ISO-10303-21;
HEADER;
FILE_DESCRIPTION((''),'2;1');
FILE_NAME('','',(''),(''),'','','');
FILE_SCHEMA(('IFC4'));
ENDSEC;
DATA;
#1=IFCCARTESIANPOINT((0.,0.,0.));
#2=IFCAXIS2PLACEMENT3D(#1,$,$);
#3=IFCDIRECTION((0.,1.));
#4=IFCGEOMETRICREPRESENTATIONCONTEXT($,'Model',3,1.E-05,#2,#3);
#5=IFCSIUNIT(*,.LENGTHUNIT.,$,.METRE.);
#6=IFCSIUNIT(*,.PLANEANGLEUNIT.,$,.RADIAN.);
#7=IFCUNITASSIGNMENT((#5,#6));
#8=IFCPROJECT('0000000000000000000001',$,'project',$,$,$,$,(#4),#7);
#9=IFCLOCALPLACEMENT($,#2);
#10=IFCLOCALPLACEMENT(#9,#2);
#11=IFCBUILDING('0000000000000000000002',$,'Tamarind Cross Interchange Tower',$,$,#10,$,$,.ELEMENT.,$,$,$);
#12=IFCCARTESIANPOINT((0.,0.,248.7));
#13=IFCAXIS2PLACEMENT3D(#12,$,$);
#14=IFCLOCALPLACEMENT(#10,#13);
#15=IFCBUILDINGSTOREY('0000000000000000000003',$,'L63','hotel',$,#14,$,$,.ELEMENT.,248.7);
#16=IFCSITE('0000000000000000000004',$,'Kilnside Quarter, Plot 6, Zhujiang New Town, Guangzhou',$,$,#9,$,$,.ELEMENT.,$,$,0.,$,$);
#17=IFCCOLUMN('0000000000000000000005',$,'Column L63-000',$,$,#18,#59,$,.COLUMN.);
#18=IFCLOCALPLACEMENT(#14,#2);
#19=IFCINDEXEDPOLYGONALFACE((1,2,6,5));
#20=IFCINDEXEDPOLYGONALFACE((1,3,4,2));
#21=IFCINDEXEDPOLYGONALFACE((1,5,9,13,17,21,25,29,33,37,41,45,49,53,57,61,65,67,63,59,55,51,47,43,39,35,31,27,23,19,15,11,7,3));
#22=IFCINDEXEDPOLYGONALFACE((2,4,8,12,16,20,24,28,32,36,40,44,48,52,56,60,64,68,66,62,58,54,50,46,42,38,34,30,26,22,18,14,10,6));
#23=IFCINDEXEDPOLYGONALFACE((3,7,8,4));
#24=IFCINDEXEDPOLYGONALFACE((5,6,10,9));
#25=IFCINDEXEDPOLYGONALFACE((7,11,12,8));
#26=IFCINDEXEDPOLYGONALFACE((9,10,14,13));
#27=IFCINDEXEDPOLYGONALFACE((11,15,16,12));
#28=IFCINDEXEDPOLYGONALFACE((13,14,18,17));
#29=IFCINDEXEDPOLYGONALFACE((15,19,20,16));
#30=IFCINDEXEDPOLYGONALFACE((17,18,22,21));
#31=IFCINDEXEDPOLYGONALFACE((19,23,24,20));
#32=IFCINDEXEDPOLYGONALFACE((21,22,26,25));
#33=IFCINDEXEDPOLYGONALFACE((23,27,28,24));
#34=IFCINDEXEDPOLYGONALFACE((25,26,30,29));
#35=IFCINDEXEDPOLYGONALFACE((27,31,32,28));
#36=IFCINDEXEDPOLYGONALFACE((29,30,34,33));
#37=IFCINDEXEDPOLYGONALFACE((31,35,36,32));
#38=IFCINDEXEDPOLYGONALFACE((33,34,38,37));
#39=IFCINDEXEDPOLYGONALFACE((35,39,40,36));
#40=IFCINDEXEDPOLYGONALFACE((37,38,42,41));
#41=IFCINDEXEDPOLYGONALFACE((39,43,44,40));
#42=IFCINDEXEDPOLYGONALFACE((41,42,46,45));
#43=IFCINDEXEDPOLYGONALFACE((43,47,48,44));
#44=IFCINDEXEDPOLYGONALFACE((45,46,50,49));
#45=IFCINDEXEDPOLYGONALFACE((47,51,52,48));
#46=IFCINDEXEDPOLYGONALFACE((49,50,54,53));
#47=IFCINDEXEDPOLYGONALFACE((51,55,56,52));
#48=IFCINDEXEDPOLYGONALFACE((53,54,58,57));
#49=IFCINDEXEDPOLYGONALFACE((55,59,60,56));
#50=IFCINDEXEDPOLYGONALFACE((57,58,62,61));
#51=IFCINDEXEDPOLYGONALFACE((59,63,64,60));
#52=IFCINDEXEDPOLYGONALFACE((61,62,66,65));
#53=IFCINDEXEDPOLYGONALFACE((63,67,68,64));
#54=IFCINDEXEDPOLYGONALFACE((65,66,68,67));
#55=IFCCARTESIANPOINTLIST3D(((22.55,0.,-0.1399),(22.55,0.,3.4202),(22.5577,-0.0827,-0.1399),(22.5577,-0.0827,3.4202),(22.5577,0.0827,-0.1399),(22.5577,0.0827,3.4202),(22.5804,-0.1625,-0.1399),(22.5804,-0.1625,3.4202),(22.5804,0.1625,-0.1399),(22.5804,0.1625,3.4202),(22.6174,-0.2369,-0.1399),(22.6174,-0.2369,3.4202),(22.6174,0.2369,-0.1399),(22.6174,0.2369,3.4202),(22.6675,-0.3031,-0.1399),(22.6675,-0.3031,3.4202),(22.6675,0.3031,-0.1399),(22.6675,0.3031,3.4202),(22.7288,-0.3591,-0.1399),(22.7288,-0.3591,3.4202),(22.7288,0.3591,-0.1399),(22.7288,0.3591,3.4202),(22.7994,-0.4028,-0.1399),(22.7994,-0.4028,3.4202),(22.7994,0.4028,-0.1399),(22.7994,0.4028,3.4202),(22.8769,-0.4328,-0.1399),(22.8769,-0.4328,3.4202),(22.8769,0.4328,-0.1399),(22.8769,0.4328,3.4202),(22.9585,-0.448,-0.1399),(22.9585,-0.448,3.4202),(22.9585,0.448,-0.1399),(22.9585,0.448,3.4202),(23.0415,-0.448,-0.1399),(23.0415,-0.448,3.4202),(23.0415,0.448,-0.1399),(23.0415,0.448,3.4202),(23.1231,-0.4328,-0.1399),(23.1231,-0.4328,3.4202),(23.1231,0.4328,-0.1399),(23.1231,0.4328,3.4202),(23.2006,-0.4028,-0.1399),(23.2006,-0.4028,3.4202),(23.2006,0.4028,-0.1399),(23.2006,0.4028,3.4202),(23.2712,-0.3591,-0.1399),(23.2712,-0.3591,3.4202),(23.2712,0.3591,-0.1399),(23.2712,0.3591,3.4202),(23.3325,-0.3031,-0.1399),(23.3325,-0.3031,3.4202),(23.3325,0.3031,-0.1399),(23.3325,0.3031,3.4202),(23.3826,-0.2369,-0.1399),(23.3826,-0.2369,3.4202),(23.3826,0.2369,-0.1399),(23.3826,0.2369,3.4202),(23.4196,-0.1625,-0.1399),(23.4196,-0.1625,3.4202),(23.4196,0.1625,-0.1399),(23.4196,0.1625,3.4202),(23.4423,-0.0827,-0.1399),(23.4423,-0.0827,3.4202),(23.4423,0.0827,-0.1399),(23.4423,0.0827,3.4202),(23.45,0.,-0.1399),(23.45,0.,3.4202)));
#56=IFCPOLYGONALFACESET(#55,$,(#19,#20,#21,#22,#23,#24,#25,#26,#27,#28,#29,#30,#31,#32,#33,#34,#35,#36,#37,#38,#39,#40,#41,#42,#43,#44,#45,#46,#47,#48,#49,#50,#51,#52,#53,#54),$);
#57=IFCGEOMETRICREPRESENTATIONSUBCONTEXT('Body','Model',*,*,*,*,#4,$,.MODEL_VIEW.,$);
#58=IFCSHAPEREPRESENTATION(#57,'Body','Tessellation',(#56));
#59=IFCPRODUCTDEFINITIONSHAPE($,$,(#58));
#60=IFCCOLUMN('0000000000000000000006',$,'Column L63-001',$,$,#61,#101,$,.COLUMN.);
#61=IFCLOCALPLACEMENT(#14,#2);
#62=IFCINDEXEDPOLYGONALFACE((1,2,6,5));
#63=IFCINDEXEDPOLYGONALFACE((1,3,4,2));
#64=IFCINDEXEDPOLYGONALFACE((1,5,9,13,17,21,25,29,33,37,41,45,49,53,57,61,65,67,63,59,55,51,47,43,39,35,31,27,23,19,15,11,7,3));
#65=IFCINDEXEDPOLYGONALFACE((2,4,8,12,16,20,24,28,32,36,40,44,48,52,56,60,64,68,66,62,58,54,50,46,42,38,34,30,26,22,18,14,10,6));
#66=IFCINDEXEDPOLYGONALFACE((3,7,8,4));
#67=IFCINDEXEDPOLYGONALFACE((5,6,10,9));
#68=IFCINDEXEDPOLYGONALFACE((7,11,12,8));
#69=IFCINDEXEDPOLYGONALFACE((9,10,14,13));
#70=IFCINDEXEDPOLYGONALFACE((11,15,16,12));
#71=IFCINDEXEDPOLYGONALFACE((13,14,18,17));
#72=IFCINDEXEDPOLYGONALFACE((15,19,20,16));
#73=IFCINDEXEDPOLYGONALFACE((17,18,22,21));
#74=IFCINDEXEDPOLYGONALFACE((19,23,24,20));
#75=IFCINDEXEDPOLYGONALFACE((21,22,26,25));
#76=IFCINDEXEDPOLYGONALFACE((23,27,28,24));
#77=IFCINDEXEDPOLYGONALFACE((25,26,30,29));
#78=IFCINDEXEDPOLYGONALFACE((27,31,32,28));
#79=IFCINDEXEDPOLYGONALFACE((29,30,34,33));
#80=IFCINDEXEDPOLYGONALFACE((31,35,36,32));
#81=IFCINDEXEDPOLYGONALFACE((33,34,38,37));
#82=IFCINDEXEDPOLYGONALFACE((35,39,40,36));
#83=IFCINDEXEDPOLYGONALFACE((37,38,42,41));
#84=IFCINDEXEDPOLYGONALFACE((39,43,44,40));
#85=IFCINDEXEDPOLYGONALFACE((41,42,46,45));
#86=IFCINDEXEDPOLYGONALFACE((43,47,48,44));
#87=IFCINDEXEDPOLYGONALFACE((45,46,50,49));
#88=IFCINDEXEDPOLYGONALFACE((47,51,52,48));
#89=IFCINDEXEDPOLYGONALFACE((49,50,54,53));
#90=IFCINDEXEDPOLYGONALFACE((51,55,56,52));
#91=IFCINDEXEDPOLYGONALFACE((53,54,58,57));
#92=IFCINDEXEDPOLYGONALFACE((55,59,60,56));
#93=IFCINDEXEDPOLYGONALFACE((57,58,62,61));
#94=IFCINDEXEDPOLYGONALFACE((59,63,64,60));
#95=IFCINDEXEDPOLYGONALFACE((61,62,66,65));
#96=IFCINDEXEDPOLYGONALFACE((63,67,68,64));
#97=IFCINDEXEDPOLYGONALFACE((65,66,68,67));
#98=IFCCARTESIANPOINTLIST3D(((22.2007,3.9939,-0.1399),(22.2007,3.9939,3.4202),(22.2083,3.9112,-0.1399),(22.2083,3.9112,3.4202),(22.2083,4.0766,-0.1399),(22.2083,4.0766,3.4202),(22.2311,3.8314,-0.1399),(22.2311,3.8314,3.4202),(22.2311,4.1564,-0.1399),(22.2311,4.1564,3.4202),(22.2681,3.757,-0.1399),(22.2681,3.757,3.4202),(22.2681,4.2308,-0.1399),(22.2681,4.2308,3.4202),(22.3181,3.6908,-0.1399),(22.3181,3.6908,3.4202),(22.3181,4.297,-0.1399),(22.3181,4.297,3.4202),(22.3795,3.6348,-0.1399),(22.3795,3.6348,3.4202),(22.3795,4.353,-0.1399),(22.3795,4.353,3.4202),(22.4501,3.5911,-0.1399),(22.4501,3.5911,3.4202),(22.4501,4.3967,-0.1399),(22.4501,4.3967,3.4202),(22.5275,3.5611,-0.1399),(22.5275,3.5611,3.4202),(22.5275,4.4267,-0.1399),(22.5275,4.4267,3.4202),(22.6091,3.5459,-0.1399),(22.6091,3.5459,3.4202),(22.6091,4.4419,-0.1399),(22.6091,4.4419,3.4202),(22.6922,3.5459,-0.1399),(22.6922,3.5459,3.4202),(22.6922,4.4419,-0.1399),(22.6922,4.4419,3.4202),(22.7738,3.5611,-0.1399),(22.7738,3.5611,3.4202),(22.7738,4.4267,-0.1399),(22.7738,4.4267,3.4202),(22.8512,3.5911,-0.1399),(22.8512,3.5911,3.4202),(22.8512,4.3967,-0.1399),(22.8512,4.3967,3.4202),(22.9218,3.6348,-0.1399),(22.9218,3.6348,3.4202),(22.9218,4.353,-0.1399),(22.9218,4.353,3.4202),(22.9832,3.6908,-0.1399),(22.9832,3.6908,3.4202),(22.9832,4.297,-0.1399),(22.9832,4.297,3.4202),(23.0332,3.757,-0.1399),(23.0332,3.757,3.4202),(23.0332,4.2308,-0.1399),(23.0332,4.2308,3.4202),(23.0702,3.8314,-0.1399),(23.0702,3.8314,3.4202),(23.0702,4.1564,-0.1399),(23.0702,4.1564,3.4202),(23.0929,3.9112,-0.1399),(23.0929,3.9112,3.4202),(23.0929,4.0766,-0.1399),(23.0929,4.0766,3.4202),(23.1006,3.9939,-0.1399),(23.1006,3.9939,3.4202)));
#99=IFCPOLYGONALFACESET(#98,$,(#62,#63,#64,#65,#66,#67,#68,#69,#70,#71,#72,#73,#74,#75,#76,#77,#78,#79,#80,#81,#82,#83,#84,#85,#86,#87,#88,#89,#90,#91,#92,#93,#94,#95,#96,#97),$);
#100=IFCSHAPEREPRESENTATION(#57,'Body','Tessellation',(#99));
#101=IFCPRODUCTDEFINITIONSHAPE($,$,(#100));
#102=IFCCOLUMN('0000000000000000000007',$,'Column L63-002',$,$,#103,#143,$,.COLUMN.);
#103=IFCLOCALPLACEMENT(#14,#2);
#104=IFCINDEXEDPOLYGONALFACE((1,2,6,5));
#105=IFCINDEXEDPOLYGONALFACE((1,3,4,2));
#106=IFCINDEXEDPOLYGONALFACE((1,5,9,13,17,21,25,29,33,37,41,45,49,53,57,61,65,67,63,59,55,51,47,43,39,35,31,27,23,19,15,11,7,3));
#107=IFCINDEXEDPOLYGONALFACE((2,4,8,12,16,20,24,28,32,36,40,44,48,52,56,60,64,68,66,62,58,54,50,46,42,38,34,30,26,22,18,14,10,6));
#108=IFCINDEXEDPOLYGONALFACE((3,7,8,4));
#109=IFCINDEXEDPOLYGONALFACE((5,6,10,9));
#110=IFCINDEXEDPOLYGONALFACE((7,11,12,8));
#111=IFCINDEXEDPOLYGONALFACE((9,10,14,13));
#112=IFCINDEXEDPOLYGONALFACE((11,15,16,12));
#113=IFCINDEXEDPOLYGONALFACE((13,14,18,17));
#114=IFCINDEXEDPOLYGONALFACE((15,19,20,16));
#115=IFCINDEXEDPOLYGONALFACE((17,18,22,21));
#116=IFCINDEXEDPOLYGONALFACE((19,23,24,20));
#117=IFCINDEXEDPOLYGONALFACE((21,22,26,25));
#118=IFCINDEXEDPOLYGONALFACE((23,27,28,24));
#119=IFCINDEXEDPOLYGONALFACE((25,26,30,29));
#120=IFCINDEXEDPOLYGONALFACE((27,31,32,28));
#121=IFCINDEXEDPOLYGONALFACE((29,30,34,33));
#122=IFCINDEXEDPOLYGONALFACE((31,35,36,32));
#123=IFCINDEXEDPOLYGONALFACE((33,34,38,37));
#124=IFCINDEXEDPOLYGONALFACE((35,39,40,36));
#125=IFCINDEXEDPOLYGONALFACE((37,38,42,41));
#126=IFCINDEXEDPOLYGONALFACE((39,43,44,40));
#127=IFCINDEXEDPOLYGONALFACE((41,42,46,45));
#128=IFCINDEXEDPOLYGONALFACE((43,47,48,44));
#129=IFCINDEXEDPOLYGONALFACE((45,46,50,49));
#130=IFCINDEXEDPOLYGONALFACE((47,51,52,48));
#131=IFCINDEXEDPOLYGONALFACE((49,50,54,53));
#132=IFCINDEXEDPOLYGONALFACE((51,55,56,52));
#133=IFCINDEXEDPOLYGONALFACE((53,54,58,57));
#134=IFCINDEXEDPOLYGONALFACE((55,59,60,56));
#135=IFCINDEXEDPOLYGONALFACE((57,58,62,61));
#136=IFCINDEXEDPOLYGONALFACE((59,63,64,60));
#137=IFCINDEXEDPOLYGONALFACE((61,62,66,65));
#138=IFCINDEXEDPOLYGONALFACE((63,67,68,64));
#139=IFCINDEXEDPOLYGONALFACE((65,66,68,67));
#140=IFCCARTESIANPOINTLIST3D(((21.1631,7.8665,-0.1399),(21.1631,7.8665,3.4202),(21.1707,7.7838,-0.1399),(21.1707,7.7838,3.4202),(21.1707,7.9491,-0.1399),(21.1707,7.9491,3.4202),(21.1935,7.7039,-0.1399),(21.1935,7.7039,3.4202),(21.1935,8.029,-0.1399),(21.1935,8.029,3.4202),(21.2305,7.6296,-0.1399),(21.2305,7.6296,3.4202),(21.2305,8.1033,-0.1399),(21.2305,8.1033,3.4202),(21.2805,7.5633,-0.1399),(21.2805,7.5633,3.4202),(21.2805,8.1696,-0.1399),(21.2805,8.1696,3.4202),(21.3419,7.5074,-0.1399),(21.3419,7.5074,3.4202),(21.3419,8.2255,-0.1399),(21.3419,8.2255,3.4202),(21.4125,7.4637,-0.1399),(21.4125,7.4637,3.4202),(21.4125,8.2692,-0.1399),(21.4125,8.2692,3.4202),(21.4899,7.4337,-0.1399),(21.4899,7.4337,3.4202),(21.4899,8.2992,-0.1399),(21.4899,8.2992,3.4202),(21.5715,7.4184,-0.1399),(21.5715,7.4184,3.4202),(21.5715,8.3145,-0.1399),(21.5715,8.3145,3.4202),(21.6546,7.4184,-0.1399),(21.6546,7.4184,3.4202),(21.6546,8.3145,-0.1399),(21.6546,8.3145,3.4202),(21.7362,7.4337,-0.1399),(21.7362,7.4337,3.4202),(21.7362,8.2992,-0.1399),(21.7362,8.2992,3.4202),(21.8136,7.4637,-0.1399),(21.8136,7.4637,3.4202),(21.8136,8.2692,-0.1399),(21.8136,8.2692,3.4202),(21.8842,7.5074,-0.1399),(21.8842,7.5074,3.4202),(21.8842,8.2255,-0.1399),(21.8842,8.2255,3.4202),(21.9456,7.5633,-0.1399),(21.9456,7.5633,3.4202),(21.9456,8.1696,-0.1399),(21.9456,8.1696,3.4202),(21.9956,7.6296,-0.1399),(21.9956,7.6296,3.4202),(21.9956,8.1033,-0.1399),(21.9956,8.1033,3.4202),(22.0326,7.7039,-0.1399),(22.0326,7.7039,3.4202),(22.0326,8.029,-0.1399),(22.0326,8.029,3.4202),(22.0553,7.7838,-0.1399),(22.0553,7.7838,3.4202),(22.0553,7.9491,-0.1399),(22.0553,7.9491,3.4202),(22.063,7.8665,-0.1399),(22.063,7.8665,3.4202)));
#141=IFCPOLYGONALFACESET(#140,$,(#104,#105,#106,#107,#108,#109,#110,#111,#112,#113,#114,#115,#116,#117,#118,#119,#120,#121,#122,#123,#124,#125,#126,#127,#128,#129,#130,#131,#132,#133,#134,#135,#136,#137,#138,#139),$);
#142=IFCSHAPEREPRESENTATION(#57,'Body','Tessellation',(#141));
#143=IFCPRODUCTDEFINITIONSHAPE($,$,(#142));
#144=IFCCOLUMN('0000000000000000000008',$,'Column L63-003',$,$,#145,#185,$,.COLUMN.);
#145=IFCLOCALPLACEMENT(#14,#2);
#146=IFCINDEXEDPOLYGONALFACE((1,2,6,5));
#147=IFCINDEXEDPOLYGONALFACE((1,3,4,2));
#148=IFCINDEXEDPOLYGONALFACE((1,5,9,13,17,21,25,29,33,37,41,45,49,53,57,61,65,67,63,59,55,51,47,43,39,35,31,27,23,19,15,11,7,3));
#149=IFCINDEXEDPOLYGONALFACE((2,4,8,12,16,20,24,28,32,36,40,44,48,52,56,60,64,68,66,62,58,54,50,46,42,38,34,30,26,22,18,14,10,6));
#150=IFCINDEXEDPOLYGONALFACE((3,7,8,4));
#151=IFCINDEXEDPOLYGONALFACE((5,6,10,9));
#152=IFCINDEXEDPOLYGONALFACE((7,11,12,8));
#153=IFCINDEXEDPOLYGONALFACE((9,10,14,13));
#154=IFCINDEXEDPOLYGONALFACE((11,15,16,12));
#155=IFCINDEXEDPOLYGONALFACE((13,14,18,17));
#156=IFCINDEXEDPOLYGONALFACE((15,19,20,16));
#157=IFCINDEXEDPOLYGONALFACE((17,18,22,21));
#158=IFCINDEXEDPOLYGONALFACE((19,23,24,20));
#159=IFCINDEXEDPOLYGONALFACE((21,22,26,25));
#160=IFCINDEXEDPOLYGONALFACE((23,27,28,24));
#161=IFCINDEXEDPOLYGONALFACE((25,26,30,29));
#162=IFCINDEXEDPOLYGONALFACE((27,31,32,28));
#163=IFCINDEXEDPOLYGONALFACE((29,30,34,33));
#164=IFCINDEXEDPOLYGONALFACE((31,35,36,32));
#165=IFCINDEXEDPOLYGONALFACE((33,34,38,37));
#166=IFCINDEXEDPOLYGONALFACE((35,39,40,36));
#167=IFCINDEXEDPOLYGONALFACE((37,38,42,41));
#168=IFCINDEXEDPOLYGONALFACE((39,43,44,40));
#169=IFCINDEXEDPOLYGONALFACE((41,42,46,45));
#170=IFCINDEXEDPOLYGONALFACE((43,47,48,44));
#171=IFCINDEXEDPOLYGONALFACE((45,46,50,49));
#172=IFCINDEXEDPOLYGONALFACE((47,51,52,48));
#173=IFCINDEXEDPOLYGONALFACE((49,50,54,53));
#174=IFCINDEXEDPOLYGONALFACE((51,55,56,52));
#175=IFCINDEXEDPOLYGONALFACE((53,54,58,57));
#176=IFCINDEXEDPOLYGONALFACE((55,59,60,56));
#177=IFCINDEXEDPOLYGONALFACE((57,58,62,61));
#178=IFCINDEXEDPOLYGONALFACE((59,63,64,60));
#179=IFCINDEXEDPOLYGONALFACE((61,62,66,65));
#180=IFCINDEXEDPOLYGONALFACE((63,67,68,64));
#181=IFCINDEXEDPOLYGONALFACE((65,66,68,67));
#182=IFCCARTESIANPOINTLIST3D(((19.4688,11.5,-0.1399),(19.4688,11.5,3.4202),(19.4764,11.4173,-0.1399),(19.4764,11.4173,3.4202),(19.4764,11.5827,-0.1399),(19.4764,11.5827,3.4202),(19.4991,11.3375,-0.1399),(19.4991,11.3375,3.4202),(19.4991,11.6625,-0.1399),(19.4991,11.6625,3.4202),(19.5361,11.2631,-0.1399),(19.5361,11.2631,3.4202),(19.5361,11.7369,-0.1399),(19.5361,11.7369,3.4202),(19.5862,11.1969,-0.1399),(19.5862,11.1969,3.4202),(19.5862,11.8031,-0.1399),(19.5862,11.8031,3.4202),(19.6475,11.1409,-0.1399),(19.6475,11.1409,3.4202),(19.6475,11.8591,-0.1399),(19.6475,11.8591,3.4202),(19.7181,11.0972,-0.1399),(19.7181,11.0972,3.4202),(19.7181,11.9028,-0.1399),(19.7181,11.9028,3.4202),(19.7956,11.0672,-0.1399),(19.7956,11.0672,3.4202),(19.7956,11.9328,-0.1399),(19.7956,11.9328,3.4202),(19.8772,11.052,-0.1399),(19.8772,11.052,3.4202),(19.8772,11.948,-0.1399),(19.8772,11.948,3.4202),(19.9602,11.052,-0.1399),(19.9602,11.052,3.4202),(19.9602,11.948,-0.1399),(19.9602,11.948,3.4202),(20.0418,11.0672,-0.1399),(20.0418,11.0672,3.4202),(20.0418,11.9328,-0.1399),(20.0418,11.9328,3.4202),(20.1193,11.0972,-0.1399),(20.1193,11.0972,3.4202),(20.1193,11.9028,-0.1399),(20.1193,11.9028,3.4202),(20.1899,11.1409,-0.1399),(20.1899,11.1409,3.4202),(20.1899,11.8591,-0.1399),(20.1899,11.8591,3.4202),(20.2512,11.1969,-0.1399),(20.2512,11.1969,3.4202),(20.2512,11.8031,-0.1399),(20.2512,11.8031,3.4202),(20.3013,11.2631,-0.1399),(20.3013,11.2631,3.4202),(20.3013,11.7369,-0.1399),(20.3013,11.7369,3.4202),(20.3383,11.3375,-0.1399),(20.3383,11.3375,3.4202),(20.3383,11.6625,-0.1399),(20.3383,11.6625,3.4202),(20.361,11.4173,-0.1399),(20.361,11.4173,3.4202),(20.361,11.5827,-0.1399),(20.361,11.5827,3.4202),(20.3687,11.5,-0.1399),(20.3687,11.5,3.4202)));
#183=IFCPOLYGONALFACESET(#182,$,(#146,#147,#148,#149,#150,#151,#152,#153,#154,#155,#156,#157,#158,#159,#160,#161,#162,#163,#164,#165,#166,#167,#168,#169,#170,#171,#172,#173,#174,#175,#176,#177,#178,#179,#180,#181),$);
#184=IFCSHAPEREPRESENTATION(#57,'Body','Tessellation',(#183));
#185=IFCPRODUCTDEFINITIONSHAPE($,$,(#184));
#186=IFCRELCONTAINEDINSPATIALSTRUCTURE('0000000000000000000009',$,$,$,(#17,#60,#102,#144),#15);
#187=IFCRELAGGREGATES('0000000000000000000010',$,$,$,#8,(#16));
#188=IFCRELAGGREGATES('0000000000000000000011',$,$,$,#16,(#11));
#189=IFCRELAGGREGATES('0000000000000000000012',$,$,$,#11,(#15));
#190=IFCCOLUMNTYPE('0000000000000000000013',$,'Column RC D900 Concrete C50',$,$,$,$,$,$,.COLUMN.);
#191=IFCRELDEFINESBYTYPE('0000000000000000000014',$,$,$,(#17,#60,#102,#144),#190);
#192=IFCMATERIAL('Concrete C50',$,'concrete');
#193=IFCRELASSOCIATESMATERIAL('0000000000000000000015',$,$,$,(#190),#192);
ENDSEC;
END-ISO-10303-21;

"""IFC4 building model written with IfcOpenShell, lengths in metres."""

from ifc_helpers import new_model, si_unit, direction, frame, origin, origin_2d, place, context, subcontext, project, spatial, circle, extrude, material, material_profile, profile_set, type_object, element, save


model = new_model("IFC4")

# Units and contexts
model_context = context("Model", 3, precision=1e-05, world=origin(), true_north=direction((0.0, 1.0)))
body_context = subcontext(model_context, "Body", "Model", "MODEL_VIEW")
ifc_project = project(units=[si_unit("LENGTHUNIT", "METRE"), si_unit("PLANEANGLEUNIT", "RADIAN")], contexts=[model_context])

# Site, building, storey
site_placement = place(None, origin())
site = spatial("IfcSite", under=ifc_project, at=site_placement, Name="Kilnside Quarter, Plot 6, Zhujiang New Town, Guangzhou", CompositionType="ELEMENT", RefElevation=0.0)
building_placement = place(site_placement, origin())
building = spatial("IfcBuilding", under=site, at=building_placement, Name="Tamarind Cross Interchange Tower", CompositionType="ELEMENT")
storey_placement = place(building_placement, frame((0.0, 0.0, 248.7)))
storey = spatial("IfcBuildingStorey", under=building, at=storey_placement, Name="L63", Description="hotel", CompositionType="ELEMENT", Elevation=248.7)

# Columns
ifc_material_1 = material(Name="Concrete C50", Category="concrete")
ifc_material_profile_1 = material_profile(ifc_material_1, circle(Radius=0.45, at=origin_2d()), Name="RC D900")
ifc_profile_set_1 = profile_set([ifc_material_profile_1], Name="Concrete C50")
column_type = type_object("IfcColumnType", Name="Column RC D900 Concrete C50", PredefinedType="COLUMN", material=ifc_profile_set_1)
for number, where, z_axis, x_axis, name in (
    (1, (23.0, 0.0, -0.1399), (0.0, 0.0, 1.0), (1.0, 0.0, 0.0), "Column L63-000"),
    (2, (22.6506, 3.9939, -0.1399), (0.0, 0.0, 1.0), (1.0, 0.0, 0.0), "Column L63-001"),
    (3, (21.613, 7.8665, -0.1399), (0.0, 0.0, 1.0), (1.0, 0.0, 0.0), "Column L63-002"),
    (4, (19.9187, 11.5, -0.1399), (0.0, 0.0, 1.0), (1.0, 0.0, 0.0), "Column L63-003"),
):
    element("IfcColumn", number, at=place(storey_placement, frame(where, z_axis=z_axis, x_axis=x_axis)), inside=storey, type_object=column_type, Name=name, PredefinedType="COLUMN", context=body_context, shape_type="SweptSolid", body=[
        extrude(circle(Radius=0.45, at=origin_2d()), origin(), (0.0, 0.0, 1.0), 3.5601),
    ])

save(model, "model.ifc")
